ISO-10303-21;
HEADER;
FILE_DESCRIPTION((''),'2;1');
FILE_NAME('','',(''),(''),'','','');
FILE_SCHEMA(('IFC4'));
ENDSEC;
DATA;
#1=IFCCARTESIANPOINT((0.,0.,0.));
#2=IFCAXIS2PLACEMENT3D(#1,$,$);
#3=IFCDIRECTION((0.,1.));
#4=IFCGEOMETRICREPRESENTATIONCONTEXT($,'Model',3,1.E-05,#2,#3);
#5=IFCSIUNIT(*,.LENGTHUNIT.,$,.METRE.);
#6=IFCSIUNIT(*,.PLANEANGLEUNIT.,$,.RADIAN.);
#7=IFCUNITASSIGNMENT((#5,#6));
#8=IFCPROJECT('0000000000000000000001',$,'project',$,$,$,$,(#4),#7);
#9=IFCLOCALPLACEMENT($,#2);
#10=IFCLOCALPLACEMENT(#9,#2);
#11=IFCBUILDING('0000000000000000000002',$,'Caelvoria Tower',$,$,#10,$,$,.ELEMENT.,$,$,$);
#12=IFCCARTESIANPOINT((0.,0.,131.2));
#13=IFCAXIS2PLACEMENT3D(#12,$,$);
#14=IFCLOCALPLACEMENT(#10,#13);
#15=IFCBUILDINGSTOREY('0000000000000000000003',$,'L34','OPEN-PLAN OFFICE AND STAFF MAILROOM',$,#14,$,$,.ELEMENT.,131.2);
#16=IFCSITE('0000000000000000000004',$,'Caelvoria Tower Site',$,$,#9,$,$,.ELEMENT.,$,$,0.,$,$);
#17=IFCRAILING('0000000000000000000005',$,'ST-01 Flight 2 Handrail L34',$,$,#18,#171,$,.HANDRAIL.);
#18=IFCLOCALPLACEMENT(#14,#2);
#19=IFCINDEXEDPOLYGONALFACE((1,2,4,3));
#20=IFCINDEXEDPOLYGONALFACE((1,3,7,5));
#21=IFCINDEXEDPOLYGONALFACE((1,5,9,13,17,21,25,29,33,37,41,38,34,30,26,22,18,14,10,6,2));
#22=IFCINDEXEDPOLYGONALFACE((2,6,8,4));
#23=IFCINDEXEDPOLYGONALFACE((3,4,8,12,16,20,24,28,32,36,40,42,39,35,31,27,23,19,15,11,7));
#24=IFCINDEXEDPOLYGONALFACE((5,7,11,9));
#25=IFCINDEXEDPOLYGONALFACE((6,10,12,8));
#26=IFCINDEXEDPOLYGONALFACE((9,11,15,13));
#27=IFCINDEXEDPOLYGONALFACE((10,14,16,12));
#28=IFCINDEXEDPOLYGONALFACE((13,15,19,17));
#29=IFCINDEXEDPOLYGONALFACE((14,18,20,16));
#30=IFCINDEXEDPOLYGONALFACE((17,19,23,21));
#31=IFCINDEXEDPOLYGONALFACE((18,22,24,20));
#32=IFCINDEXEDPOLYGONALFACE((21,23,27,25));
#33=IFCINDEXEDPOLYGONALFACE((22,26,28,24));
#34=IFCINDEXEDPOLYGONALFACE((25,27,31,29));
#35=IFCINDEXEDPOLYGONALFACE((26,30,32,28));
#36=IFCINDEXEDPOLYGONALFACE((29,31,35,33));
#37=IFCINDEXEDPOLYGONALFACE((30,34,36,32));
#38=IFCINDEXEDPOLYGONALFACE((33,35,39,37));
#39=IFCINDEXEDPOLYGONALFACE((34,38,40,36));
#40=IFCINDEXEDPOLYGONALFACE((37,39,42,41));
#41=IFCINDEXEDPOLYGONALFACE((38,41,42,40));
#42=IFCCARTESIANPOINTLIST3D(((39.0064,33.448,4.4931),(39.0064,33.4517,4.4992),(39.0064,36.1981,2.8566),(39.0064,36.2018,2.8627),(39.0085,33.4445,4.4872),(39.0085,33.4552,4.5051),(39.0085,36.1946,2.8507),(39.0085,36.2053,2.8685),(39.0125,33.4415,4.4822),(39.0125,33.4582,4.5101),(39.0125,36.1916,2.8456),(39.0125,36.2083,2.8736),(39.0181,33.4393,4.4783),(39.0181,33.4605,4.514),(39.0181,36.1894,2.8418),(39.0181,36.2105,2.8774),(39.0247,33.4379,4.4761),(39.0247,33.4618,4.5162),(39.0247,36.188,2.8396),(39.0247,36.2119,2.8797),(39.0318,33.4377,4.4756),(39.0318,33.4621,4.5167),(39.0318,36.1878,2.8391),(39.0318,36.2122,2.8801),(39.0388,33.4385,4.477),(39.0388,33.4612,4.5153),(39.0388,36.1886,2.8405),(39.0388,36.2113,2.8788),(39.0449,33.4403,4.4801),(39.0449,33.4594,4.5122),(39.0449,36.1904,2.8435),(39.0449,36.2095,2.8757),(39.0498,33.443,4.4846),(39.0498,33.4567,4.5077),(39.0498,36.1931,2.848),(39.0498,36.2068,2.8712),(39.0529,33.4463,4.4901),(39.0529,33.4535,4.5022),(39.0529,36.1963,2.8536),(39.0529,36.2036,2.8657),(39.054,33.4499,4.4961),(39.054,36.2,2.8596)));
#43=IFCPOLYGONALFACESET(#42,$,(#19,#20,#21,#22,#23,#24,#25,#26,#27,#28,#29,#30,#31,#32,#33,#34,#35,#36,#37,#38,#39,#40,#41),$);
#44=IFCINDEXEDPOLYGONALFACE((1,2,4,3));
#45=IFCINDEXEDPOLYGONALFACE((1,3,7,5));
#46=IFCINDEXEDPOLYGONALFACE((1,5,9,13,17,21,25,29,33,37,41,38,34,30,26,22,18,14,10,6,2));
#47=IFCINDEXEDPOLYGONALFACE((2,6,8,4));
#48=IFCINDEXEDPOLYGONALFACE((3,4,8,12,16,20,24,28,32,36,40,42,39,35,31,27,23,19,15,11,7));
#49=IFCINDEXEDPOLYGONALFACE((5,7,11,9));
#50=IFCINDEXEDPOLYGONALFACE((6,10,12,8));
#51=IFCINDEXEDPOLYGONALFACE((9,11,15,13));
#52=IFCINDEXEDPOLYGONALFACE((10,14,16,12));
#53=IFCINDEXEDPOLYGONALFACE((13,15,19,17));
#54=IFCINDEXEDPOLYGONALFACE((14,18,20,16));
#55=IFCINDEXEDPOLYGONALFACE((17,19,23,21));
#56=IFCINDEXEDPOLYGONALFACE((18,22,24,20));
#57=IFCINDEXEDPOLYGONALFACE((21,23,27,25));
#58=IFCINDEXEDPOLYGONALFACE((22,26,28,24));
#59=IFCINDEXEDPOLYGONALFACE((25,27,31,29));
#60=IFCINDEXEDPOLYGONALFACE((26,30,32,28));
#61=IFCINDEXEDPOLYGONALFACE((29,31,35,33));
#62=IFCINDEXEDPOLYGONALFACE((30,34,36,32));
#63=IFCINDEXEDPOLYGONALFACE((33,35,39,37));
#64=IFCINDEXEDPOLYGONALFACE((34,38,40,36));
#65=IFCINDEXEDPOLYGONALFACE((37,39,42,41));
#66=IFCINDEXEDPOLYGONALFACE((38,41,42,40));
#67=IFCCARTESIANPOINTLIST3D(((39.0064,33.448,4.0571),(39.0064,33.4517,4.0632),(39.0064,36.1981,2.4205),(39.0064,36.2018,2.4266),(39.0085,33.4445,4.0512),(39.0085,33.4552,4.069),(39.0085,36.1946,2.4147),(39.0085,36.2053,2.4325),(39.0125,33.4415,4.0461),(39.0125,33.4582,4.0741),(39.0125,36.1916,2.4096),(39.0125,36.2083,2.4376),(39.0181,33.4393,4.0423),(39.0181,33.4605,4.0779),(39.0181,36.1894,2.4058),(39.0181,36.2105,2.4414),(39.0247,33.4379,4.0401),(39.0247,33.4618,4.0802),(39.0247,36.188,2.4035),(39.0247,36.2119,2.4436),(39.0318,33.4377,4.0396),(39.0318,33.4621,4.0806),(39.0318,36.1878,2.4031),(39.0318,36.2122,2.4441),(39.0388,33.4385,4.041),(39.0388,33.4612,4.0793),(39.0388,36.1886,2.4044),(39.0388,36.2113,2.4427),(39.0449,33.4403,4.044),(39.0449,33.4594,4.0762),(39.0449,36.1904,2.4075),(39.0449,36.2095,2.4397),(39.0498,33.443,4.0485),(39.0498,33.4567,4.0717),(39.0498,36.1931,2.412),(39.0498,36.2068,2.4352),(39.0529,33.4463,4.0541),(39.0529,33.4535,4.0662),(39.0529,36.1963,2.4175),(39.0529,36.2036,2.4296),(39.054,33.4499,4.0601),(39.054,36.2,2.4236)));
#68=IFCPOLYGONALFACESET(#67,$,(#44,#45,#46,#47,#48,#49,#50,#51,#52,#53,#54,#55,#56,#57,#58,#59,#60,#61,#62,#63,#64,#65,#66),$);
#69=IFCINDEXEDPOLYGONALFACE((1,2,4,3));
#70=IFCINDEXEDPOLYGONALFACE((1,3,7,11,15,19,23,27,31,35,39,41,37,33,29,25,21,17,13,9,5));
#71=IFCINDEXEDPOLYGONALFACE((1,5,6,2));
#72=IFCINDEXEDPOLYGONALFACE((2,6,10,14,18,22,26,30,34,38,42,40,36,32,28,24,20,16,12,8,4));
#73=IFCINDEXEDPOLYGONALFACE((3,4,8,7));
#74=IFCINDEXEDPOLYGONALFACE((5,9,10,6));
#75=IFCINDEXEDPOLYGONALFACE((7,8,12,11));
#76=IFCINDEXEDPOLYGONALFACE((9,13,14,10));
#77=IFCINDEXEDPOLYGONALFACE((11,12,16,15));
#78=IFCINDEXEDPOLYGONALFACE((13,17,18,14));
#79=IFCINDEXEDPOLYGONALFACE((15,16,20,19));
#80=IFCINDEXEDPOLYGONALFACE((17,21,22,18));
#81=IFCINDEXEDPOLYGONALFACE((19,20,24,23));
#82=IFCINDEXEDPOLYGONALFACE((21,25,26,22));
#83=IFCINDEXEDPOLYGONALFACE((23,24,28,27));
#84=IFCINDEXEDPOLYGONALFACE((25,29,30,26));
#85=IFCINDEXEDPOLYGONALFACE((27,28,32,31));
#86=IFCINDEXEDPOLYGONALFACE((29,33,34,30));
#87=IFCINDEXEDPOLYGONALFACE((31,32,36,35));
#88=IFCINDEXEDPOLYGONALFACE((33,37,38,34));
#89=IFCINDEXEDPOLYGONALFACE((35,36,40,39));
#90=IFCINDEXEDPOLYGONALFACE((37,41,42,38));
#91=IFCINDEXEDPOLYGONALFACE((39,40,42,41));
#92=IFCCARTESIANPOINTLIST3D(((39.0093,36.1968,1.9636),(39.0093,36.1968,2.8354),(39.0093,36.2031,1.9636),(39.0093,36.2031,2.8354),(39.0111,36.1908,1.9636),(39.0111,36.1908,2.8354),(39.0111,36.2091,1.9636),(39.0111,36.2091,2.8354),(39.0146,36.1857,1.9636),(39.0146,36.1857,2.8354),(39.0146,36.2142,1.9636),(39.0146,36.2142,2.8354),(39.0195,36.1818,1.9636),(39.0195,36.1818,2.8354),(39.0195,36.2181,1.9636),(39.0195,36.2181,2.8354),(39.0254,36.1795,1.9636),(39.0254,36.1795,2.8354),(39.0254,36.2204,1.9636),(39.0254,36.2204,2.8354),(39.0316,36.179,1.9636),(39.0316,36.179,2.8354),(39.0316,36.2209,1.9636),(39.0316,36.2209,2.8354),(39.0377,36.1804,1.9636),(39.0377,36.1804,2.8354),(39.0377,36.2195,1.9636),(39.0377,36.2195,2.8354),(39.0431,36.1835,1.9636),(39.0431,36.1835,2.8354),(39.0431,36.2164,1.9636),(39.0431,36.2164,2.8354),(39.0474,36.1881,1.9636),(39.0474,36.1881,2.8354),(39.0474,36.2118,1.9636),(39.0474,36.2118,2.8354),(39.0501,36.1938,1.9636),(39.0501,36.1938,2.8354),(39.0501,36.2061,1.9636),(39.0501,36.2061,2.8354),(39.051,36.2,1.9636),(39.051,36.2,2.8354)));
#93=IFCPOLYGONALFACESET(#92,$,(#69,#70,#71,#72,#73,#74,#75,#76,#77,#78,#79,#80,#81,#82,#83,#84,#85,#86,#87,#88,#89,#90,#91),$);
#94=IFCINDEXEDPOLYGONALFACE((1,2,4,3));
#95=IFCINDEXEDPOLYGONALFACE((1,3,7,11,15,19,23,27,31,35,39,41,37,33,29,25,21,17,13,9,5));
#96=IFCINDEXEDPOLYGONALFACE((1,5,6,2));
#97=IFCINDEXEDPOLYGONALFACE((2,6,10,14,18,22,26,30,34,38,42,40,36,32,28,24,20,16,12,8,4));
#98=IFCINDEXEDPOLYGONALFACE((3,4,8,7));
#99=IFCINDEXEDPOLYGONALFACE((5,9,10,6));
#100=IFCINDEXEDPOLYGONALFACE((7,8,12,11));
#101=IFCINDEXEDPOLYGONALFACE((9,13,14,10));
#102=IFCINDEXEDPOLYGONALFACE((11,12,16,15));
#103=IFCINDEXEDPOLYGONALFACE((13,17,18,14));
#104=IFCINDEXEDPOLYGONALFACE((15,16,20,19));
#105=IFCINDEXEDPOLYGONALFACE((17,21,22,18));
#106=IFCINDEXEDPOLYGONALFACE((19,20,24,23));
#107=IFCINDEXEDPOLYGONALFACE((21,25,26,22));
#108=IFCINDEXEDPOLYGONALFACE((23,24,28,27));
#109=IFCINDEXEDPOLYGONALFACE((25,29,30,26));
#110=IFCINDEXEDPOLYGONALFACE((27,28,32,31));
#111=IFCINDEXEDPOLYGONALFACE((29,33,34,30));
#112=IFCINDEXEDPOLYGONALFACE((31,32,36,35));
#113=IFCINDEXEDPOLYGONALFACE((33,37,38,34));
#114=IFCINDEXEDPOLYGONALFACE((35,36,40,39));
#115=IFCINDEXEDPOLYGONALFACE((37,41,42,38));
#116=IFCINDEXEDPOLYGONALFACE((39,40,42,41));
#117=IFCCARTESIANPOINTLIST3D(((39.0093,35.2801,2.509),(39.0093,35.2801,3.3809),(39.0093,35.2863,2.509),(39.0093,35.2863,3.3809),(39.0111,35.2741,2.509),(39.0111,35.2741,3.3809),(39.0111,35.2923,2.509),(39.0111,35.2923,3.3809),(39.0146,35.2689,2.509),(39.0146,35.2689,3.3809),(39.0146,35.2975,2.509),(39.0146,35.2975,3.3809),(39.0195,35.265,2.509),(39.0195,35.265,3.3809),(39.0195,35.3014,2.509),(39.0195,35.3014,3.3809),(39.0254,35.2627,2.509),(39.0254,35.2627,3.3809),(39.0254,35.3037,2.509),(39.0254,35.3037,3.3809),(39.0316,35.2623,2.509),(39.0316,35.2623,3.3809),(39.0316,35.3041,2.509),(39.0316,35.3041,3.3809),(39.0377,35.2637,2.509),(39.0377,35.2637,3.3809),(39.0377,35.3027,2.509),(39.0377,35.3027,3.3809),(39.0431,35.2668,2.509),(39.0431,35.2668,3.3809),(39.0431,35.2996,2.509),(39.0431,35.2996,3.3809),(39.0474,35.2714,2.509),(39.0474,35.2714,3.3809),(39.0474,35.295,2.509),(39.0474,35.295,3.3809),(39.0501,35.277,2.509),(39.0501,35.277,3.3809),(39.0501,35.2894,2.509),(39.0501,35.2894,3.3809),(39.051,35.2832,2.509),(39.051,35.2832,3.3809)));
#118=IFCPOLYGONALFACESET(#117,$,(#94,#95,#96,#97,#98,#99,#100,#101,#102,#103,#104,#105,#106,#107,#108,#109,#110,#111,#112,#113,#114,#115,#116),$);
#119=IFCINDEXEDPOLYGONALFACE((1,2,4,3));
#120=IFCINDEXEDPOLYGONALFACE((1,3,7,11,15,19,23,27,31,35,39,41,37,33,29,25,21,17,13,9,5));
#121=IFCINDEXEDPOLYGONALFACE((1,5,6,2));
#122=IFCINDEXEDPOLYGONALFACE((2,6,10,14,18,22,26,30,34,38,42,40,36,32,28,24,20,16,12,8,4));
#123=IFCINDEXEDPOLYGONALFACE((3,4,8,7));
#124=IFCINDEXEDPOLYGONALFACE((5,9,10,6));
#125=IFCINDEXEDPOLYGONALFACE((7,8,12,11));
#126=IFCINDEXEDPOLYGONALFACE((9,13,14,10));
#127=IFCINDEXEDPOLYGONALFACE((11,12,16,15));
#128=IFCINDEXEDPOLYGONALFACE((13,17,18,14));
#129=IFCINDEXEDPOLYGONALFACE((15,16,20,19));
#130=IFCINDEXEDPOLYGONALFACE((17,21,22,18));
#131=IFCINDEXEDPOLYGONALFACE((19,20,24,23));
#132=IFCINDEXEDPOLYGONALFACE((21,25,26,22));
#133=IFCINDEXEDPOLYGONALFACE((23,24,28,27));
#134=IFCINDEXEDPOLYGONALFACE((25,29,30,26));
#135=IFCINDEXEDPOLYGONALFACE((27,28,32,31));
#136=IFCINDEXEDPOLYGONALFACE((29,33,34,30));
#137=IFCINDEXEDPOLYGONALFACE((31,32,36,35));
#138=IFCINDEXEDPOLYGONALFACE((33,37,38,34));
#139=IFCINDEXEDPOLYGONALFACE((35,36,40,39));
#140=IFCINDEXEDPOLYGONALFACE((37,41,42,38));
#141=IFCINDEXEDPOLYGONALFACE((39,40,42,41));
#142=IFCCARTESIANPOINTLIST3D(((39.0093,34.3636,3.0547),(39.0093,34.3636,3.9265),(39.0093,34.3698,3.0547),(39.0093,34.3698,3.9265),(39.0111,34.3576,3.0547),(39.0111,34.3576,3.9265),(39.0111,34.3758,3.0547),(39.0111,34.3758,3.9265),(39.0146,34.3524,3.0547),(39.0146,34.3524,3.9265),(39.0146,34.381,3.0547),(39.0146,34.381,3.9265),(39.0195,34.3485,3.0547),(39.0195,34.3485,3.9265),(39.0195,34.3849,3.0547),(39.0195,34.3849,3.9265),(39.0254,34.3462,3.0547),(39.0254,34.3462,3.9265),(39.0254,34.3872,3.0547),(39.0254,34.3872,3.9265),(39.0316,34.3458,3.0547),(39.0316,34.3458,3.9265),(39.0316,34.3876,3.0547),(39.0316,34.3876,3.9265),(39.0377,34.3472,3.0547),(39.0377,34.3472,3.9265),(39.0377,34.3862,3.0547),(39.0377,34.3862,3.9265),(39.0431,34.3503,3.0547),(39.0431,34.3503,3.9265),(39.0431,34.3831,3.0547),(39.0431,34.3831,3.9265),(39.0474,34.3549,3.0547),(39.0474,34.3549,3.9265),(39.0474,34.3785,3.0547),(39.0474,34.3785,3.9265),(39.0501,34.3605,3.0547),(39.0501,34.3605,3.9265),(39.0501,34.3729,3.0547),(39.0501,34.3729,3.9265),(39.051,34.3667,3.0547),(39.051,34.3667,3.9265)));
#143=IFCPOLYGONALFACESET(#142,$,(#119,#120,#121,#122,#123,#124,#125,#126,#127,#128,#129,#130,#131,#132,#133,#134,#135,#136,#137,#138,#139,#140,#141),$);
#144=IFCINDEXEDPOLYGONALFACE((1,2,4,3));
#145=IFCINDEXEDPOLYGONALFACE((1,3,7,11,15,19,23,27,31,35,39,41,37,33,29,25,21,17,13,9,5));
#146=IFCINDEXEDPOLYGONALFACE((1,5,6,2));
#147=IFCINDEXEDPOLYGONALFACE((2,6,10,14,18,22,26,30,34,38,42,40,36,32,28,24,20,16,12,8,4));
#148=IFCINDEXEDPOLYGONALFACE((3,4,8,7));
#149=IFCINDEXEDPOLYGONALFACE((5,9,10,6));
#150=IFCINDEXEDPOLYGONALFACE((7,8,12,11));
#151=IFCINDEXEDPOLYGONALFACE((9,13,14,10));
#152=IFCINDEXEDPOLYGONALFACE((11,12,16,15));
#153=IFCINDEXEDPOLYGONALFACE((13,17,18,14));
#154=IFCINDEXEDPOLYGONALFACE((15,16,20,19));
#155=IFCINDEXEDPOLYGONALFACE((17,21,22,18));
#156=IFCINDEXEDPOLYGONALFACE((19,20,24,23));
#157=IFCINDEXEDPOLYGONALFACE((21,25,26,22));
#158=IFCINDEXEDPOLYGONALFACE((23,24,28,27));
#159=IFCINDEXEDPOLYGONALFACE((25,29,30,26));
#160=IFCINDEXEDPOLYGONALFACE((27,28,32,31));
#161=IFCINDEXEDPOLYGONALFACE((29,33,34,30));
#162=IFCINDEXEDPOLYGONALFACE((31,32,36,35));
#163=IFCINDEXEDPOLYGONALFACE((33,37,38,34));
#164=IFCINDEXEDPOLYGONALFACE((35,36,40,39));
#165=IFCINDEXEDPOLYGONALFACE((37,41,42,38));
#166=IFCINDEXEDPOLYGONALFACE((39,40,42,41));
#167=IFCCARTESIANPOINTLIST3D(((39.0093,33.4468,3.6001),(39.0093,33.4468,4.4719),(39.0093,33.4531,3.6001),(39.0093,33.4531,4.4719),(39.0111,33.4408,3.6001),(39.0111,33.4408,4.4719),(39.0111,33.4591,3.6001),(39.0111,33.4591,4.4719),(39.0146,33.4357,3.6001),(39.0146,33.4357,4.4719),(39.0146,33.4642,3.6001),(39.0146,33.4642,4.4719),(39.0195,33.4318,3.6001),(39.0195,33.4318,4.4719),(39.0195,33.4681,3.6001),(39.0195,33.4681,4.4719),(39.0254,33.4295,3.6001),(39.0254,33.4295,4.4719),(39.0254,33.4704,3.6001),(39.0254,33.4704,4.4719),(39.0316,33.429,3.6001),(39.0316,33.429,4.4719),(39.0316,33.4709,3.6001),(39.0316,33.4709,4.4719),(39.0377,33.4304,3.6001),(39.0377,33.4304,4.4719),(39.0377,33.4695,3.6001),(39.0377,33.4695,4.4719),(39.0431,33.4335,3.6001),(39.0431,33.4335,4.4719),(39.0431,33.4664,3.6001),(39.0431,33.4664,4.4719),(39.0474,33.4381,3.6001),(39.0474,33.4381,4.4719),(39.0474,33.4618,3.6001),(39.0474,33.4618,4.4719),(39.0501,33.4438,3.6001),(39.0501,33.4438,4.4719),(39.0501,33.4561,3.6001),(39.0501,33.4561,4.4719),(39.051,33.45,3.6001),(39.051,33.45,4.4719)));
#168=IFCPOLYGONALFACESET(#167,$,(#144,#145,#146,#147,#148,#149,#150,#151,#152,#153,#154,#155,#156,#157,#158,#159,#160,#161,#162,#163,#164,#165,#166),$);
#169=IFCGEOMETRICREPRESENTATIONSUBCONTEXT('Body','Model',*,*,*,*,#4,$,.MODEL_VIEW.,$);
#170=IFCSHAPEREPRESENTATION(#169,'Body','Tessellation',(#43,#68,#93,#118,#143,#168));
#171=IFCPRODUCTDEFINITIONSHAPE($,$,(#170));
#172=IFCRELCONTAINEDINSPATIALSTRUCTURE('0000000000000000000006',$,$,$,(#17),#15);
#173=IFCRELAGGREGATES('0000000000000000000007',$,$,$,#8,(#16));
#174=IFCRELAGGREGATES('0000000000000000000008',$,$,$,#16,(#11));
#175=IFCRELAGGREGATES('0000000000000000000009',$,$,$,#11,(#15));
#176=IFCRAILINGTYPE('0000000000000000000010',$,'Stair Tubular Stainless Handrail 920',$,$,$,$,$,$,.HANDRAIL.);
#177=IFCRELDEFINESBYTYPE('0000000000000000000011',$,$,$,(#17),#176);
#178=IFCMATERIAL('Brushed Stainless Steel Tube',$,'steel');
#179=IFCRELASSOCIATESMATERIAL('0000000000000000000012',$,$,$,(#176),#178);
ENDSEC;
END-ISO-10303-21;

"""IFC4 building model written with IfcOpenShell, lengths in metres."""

from ifc_helpers import new_model, si_unit, direction, frame, origin, origin_2d, place, context, subcontext, project, spatial, circle, extrude, material, type_object, element, save


model = new_model("IFC4")

# Units and contexts
model_context = context("Model", 3, precision=1e-05, world=origin(), true_north=direction((0.0, 1.0)))
body_context = subcontext(model_context, "Body", "Model", "MODEL_VIEW")
ifc_project = project(units=[si_unit("LENGTHUNIT", "METRE"), si_unit("PLANEANGLEUNIT", "RADIAN")], contexts=[model_context])

# Site, building, storey
site_placement = place(None, origin())
site = spatial("IfcSite", under=ifc_project, at=site_placement, Name="Caelvoria Tower Site", CompositionType="ELEMENT", RefElevation=0.0)
building_placement = place(site_placement, origin())
building = spatial("IfcBuilding", under=site, at=building_placement, Name="Caelvoria Tower", CompositionType="ELEMENT")
storey_placement = place(building_placement, frame((0.0, 0.0, 131.2)))
storey = spatial("IfcBuildingStorey", under=building, at=storey_placement, Name="L34", Description="OPEN-PLAN OFFICE AND STAFF MAILROOM", CompositionType="ELEMENT", Elevation=131.2)

# Railing
ifc_material_1 = material(Name="Brushed Stainless Steel Tube", Category="steel")
railing_type_1 = type_object("IfcRailingType", Name="Stair Tubular Stainless Handrail 920", PredefinedType="HANDRAIL", material=ifc_material_1)
railing_1_placement = place(storey_placement, frame((39.03, 36.2, 1.9636)))
element("IfcRailing", 1, at=railing_1_placement, inside=storey, type_object=railing_type_1, Name="ST-01 Flight 2 Handrail L34", PredefinedType="HANDRAIL", context=body_context, shape_type="SweptSolid", body=[
    extrude(circle(Radius=0.0239, at=origin_2d()), frame((0.0, 0.0, 0.896), z_axis=(0.0, -0.859352, 0.511385), x_axis=(1.0, 0.0, 0.0)), (0.0, 0.0, 1.0), 3.2002),
    extrude(circle(Radius=0.0239, at=origin_2d()), frame((0.0, 0.0, 0.46), z_axis=(0.0, -0.859352, 0.511385), x_axis=(1.0, 0.0, 0.0)), (0.0, 0.0, 1.0), 3.2002),
    extrude(circle(Radius=0.021, at=origin_2d()), origin(), (0.0, 0.0, 1.0), 0.8718),
    extrude(circle(Radius=0.021, at=origin_2d()), frame((0.0, -0.9167, 0.5454)), (0.0, 0.0, 1.0), 0.8718),
    extrude(circle(Radius=0.021, at=origin_2d()), frame((0.0, -1.8333, 1.0911)), (0.0, 0.0, 1.0), 0.8718),
    extrude(circle(Radius=0.021, at=origin_2d()), frame((0.0, -2.75, 1.6365)), (0.0, 0.0, 1.0), 0.8718),
])

save(model, "model.ifc")
